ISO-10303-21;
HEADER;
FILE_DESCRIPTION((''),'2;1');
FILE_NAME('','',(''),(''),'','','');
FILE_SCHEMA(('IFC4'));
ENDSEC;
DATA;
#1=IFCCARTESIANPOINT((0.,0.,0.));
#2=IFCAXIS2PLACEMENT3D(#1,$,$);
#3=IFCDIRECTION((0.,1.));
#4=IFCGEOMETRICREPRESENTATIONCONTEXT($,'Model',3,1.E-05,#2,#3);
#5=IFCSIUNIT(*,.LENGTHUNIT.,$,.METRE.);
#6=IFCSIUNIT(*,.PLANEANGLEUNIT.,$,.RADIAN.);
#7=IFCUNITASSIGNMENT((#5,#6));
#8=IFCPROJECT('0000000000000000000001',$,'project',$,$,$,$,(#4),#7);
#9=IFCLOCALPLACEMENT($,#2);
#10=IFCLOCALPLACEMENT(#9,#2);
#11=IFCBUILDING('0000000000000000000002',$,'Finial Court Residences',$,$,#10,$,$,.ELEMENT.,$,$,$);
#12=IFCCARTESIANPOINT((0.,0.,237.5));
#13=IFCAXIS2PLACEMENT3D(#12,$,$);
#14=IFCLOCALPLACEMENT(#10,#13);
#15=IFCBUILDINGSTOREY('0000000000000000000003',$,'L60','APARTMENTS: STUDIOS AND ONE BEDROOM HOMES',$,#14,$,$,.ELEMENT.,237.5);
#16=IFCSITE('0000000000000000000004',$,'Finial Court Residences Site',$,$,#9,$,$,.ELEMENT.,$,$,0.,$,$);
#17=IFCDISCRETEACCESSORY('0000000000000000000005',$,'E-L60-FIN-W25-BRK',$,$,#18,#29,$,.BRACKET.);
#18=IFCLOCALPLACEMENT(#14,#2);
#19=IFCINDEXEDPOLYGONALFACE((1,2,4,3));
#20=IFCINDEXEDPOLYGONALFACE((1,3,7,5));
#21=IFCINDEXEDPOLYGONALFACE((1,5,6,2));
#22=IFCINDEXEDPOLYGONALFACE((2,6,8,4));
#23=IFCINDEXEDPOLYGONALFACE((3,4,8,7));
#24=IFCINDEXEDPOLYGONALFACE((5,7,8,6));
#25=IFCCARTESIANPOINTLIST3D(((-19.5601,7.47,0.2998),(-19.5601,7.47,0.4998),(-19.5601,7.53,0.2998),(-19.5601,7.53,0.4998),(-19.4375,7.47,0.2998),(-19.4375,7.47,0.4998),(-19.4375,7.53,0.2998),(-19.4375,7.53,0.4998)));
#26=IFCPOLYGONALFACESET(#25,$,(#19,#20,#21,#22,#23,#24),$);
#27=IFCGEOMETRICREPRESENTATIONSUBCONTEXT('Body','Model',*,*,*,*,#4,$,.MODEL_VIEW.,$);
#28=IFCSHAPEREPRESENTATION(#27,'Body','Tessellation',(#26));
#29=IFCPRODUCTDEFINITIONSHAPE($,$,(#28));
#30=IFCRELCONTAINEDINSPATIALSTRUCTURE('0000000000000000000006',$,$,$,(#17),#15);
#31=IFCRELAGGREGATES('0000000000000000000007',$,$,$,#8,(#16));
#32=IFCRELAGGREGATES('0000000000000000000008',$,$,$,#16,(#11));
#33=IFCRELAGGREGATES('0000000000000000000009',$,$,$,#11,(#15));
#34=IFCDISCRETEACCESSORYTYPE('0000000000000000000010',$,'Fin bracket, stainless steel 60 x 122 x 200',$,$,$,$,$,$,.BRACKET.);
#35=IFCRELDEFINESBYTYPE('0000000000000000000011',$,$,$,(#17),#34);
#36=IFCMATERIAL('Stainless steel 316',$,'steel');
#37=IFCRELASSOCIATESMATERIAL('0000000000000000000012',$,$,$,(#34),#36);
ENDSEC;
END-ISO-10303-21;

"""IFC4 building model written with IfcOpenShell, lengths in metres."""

from ifc_helpers import new_model, si_unit, direction, frame, origin, origin_2d, place, context, subcontext, project, spatial, rectangle, extrude, material, type_object, element, save


model = new_model("IFC4")

# Units and contexts
model_context = context("Model", 3, precision=1e-05, world=origin(), true_north=direction((0.0, 1.0)))
body_context = subcontext(model_context, "Body", "Model", "MODEL_VIEW")
ifc_project = project(units=[si_unit("LENGTHUNIT", "METRE"), si_unit("PLANEANGLEUNIT", "RADIAN")], contexts=[model_context])

# Site, building, storey
site_placement = place(None, origin())
site = spatial("IfcSite", under=ifc_project, at=site_placement, Name="Finial Court Residences Site", CompositionType="ELEMENT", RefElevation=0.0)
building_placement = place(site_placement, origin())
building = spatial("IfcBuilding", under=site, at=building_placement, Name="Finial Court Residences", CompositionType="ELEMENT")
storey_placement = place(building_placement, frame((0.0, 0.0, 237.5)))
storey = spatial("IfcBuildingStorey", under=building, at=storey_placement, Name="L60", Description="APARTMENTS: STUDIOS AND ONE BEDROOM HOMES", CompositionType="ELEMENT", Elevation=237.5)

# Discrete accessory
ifc_material_1 = material(Name="Stainless steel 316", Category="steel")
discrete_accessory_type = type_object("IfcDiscreteAccessoryType", Name="Fin bracket, stainless steel 60 x 122 x 200", PredefinedType="BRACKET", material=ifc_material_1)
discrete_accessory_placement = place(storey_placement, frame((-19.4988, 7.5, 0.2998), z_axis=(0.0, 0.0, 1.0), x_axis=(1.0, 0.0, 0.0)))
element("IfcDiscreteAccessory", 1, at=discrete_accessory_placement, inside=storey, type_object=discrete_accessory_type, Name="E-L60-FIN-W25-BRK", PredefinedType="BRACKET", context=body_context, shape_type="SweptSolid", body=[
    extrude(rectangle(XDim=0.1226, YDim=0.0601, at=origin_2d()), origin(), (0.0, 0.0, 1.0), 0.2),
])

save(model, "model.ifc")
